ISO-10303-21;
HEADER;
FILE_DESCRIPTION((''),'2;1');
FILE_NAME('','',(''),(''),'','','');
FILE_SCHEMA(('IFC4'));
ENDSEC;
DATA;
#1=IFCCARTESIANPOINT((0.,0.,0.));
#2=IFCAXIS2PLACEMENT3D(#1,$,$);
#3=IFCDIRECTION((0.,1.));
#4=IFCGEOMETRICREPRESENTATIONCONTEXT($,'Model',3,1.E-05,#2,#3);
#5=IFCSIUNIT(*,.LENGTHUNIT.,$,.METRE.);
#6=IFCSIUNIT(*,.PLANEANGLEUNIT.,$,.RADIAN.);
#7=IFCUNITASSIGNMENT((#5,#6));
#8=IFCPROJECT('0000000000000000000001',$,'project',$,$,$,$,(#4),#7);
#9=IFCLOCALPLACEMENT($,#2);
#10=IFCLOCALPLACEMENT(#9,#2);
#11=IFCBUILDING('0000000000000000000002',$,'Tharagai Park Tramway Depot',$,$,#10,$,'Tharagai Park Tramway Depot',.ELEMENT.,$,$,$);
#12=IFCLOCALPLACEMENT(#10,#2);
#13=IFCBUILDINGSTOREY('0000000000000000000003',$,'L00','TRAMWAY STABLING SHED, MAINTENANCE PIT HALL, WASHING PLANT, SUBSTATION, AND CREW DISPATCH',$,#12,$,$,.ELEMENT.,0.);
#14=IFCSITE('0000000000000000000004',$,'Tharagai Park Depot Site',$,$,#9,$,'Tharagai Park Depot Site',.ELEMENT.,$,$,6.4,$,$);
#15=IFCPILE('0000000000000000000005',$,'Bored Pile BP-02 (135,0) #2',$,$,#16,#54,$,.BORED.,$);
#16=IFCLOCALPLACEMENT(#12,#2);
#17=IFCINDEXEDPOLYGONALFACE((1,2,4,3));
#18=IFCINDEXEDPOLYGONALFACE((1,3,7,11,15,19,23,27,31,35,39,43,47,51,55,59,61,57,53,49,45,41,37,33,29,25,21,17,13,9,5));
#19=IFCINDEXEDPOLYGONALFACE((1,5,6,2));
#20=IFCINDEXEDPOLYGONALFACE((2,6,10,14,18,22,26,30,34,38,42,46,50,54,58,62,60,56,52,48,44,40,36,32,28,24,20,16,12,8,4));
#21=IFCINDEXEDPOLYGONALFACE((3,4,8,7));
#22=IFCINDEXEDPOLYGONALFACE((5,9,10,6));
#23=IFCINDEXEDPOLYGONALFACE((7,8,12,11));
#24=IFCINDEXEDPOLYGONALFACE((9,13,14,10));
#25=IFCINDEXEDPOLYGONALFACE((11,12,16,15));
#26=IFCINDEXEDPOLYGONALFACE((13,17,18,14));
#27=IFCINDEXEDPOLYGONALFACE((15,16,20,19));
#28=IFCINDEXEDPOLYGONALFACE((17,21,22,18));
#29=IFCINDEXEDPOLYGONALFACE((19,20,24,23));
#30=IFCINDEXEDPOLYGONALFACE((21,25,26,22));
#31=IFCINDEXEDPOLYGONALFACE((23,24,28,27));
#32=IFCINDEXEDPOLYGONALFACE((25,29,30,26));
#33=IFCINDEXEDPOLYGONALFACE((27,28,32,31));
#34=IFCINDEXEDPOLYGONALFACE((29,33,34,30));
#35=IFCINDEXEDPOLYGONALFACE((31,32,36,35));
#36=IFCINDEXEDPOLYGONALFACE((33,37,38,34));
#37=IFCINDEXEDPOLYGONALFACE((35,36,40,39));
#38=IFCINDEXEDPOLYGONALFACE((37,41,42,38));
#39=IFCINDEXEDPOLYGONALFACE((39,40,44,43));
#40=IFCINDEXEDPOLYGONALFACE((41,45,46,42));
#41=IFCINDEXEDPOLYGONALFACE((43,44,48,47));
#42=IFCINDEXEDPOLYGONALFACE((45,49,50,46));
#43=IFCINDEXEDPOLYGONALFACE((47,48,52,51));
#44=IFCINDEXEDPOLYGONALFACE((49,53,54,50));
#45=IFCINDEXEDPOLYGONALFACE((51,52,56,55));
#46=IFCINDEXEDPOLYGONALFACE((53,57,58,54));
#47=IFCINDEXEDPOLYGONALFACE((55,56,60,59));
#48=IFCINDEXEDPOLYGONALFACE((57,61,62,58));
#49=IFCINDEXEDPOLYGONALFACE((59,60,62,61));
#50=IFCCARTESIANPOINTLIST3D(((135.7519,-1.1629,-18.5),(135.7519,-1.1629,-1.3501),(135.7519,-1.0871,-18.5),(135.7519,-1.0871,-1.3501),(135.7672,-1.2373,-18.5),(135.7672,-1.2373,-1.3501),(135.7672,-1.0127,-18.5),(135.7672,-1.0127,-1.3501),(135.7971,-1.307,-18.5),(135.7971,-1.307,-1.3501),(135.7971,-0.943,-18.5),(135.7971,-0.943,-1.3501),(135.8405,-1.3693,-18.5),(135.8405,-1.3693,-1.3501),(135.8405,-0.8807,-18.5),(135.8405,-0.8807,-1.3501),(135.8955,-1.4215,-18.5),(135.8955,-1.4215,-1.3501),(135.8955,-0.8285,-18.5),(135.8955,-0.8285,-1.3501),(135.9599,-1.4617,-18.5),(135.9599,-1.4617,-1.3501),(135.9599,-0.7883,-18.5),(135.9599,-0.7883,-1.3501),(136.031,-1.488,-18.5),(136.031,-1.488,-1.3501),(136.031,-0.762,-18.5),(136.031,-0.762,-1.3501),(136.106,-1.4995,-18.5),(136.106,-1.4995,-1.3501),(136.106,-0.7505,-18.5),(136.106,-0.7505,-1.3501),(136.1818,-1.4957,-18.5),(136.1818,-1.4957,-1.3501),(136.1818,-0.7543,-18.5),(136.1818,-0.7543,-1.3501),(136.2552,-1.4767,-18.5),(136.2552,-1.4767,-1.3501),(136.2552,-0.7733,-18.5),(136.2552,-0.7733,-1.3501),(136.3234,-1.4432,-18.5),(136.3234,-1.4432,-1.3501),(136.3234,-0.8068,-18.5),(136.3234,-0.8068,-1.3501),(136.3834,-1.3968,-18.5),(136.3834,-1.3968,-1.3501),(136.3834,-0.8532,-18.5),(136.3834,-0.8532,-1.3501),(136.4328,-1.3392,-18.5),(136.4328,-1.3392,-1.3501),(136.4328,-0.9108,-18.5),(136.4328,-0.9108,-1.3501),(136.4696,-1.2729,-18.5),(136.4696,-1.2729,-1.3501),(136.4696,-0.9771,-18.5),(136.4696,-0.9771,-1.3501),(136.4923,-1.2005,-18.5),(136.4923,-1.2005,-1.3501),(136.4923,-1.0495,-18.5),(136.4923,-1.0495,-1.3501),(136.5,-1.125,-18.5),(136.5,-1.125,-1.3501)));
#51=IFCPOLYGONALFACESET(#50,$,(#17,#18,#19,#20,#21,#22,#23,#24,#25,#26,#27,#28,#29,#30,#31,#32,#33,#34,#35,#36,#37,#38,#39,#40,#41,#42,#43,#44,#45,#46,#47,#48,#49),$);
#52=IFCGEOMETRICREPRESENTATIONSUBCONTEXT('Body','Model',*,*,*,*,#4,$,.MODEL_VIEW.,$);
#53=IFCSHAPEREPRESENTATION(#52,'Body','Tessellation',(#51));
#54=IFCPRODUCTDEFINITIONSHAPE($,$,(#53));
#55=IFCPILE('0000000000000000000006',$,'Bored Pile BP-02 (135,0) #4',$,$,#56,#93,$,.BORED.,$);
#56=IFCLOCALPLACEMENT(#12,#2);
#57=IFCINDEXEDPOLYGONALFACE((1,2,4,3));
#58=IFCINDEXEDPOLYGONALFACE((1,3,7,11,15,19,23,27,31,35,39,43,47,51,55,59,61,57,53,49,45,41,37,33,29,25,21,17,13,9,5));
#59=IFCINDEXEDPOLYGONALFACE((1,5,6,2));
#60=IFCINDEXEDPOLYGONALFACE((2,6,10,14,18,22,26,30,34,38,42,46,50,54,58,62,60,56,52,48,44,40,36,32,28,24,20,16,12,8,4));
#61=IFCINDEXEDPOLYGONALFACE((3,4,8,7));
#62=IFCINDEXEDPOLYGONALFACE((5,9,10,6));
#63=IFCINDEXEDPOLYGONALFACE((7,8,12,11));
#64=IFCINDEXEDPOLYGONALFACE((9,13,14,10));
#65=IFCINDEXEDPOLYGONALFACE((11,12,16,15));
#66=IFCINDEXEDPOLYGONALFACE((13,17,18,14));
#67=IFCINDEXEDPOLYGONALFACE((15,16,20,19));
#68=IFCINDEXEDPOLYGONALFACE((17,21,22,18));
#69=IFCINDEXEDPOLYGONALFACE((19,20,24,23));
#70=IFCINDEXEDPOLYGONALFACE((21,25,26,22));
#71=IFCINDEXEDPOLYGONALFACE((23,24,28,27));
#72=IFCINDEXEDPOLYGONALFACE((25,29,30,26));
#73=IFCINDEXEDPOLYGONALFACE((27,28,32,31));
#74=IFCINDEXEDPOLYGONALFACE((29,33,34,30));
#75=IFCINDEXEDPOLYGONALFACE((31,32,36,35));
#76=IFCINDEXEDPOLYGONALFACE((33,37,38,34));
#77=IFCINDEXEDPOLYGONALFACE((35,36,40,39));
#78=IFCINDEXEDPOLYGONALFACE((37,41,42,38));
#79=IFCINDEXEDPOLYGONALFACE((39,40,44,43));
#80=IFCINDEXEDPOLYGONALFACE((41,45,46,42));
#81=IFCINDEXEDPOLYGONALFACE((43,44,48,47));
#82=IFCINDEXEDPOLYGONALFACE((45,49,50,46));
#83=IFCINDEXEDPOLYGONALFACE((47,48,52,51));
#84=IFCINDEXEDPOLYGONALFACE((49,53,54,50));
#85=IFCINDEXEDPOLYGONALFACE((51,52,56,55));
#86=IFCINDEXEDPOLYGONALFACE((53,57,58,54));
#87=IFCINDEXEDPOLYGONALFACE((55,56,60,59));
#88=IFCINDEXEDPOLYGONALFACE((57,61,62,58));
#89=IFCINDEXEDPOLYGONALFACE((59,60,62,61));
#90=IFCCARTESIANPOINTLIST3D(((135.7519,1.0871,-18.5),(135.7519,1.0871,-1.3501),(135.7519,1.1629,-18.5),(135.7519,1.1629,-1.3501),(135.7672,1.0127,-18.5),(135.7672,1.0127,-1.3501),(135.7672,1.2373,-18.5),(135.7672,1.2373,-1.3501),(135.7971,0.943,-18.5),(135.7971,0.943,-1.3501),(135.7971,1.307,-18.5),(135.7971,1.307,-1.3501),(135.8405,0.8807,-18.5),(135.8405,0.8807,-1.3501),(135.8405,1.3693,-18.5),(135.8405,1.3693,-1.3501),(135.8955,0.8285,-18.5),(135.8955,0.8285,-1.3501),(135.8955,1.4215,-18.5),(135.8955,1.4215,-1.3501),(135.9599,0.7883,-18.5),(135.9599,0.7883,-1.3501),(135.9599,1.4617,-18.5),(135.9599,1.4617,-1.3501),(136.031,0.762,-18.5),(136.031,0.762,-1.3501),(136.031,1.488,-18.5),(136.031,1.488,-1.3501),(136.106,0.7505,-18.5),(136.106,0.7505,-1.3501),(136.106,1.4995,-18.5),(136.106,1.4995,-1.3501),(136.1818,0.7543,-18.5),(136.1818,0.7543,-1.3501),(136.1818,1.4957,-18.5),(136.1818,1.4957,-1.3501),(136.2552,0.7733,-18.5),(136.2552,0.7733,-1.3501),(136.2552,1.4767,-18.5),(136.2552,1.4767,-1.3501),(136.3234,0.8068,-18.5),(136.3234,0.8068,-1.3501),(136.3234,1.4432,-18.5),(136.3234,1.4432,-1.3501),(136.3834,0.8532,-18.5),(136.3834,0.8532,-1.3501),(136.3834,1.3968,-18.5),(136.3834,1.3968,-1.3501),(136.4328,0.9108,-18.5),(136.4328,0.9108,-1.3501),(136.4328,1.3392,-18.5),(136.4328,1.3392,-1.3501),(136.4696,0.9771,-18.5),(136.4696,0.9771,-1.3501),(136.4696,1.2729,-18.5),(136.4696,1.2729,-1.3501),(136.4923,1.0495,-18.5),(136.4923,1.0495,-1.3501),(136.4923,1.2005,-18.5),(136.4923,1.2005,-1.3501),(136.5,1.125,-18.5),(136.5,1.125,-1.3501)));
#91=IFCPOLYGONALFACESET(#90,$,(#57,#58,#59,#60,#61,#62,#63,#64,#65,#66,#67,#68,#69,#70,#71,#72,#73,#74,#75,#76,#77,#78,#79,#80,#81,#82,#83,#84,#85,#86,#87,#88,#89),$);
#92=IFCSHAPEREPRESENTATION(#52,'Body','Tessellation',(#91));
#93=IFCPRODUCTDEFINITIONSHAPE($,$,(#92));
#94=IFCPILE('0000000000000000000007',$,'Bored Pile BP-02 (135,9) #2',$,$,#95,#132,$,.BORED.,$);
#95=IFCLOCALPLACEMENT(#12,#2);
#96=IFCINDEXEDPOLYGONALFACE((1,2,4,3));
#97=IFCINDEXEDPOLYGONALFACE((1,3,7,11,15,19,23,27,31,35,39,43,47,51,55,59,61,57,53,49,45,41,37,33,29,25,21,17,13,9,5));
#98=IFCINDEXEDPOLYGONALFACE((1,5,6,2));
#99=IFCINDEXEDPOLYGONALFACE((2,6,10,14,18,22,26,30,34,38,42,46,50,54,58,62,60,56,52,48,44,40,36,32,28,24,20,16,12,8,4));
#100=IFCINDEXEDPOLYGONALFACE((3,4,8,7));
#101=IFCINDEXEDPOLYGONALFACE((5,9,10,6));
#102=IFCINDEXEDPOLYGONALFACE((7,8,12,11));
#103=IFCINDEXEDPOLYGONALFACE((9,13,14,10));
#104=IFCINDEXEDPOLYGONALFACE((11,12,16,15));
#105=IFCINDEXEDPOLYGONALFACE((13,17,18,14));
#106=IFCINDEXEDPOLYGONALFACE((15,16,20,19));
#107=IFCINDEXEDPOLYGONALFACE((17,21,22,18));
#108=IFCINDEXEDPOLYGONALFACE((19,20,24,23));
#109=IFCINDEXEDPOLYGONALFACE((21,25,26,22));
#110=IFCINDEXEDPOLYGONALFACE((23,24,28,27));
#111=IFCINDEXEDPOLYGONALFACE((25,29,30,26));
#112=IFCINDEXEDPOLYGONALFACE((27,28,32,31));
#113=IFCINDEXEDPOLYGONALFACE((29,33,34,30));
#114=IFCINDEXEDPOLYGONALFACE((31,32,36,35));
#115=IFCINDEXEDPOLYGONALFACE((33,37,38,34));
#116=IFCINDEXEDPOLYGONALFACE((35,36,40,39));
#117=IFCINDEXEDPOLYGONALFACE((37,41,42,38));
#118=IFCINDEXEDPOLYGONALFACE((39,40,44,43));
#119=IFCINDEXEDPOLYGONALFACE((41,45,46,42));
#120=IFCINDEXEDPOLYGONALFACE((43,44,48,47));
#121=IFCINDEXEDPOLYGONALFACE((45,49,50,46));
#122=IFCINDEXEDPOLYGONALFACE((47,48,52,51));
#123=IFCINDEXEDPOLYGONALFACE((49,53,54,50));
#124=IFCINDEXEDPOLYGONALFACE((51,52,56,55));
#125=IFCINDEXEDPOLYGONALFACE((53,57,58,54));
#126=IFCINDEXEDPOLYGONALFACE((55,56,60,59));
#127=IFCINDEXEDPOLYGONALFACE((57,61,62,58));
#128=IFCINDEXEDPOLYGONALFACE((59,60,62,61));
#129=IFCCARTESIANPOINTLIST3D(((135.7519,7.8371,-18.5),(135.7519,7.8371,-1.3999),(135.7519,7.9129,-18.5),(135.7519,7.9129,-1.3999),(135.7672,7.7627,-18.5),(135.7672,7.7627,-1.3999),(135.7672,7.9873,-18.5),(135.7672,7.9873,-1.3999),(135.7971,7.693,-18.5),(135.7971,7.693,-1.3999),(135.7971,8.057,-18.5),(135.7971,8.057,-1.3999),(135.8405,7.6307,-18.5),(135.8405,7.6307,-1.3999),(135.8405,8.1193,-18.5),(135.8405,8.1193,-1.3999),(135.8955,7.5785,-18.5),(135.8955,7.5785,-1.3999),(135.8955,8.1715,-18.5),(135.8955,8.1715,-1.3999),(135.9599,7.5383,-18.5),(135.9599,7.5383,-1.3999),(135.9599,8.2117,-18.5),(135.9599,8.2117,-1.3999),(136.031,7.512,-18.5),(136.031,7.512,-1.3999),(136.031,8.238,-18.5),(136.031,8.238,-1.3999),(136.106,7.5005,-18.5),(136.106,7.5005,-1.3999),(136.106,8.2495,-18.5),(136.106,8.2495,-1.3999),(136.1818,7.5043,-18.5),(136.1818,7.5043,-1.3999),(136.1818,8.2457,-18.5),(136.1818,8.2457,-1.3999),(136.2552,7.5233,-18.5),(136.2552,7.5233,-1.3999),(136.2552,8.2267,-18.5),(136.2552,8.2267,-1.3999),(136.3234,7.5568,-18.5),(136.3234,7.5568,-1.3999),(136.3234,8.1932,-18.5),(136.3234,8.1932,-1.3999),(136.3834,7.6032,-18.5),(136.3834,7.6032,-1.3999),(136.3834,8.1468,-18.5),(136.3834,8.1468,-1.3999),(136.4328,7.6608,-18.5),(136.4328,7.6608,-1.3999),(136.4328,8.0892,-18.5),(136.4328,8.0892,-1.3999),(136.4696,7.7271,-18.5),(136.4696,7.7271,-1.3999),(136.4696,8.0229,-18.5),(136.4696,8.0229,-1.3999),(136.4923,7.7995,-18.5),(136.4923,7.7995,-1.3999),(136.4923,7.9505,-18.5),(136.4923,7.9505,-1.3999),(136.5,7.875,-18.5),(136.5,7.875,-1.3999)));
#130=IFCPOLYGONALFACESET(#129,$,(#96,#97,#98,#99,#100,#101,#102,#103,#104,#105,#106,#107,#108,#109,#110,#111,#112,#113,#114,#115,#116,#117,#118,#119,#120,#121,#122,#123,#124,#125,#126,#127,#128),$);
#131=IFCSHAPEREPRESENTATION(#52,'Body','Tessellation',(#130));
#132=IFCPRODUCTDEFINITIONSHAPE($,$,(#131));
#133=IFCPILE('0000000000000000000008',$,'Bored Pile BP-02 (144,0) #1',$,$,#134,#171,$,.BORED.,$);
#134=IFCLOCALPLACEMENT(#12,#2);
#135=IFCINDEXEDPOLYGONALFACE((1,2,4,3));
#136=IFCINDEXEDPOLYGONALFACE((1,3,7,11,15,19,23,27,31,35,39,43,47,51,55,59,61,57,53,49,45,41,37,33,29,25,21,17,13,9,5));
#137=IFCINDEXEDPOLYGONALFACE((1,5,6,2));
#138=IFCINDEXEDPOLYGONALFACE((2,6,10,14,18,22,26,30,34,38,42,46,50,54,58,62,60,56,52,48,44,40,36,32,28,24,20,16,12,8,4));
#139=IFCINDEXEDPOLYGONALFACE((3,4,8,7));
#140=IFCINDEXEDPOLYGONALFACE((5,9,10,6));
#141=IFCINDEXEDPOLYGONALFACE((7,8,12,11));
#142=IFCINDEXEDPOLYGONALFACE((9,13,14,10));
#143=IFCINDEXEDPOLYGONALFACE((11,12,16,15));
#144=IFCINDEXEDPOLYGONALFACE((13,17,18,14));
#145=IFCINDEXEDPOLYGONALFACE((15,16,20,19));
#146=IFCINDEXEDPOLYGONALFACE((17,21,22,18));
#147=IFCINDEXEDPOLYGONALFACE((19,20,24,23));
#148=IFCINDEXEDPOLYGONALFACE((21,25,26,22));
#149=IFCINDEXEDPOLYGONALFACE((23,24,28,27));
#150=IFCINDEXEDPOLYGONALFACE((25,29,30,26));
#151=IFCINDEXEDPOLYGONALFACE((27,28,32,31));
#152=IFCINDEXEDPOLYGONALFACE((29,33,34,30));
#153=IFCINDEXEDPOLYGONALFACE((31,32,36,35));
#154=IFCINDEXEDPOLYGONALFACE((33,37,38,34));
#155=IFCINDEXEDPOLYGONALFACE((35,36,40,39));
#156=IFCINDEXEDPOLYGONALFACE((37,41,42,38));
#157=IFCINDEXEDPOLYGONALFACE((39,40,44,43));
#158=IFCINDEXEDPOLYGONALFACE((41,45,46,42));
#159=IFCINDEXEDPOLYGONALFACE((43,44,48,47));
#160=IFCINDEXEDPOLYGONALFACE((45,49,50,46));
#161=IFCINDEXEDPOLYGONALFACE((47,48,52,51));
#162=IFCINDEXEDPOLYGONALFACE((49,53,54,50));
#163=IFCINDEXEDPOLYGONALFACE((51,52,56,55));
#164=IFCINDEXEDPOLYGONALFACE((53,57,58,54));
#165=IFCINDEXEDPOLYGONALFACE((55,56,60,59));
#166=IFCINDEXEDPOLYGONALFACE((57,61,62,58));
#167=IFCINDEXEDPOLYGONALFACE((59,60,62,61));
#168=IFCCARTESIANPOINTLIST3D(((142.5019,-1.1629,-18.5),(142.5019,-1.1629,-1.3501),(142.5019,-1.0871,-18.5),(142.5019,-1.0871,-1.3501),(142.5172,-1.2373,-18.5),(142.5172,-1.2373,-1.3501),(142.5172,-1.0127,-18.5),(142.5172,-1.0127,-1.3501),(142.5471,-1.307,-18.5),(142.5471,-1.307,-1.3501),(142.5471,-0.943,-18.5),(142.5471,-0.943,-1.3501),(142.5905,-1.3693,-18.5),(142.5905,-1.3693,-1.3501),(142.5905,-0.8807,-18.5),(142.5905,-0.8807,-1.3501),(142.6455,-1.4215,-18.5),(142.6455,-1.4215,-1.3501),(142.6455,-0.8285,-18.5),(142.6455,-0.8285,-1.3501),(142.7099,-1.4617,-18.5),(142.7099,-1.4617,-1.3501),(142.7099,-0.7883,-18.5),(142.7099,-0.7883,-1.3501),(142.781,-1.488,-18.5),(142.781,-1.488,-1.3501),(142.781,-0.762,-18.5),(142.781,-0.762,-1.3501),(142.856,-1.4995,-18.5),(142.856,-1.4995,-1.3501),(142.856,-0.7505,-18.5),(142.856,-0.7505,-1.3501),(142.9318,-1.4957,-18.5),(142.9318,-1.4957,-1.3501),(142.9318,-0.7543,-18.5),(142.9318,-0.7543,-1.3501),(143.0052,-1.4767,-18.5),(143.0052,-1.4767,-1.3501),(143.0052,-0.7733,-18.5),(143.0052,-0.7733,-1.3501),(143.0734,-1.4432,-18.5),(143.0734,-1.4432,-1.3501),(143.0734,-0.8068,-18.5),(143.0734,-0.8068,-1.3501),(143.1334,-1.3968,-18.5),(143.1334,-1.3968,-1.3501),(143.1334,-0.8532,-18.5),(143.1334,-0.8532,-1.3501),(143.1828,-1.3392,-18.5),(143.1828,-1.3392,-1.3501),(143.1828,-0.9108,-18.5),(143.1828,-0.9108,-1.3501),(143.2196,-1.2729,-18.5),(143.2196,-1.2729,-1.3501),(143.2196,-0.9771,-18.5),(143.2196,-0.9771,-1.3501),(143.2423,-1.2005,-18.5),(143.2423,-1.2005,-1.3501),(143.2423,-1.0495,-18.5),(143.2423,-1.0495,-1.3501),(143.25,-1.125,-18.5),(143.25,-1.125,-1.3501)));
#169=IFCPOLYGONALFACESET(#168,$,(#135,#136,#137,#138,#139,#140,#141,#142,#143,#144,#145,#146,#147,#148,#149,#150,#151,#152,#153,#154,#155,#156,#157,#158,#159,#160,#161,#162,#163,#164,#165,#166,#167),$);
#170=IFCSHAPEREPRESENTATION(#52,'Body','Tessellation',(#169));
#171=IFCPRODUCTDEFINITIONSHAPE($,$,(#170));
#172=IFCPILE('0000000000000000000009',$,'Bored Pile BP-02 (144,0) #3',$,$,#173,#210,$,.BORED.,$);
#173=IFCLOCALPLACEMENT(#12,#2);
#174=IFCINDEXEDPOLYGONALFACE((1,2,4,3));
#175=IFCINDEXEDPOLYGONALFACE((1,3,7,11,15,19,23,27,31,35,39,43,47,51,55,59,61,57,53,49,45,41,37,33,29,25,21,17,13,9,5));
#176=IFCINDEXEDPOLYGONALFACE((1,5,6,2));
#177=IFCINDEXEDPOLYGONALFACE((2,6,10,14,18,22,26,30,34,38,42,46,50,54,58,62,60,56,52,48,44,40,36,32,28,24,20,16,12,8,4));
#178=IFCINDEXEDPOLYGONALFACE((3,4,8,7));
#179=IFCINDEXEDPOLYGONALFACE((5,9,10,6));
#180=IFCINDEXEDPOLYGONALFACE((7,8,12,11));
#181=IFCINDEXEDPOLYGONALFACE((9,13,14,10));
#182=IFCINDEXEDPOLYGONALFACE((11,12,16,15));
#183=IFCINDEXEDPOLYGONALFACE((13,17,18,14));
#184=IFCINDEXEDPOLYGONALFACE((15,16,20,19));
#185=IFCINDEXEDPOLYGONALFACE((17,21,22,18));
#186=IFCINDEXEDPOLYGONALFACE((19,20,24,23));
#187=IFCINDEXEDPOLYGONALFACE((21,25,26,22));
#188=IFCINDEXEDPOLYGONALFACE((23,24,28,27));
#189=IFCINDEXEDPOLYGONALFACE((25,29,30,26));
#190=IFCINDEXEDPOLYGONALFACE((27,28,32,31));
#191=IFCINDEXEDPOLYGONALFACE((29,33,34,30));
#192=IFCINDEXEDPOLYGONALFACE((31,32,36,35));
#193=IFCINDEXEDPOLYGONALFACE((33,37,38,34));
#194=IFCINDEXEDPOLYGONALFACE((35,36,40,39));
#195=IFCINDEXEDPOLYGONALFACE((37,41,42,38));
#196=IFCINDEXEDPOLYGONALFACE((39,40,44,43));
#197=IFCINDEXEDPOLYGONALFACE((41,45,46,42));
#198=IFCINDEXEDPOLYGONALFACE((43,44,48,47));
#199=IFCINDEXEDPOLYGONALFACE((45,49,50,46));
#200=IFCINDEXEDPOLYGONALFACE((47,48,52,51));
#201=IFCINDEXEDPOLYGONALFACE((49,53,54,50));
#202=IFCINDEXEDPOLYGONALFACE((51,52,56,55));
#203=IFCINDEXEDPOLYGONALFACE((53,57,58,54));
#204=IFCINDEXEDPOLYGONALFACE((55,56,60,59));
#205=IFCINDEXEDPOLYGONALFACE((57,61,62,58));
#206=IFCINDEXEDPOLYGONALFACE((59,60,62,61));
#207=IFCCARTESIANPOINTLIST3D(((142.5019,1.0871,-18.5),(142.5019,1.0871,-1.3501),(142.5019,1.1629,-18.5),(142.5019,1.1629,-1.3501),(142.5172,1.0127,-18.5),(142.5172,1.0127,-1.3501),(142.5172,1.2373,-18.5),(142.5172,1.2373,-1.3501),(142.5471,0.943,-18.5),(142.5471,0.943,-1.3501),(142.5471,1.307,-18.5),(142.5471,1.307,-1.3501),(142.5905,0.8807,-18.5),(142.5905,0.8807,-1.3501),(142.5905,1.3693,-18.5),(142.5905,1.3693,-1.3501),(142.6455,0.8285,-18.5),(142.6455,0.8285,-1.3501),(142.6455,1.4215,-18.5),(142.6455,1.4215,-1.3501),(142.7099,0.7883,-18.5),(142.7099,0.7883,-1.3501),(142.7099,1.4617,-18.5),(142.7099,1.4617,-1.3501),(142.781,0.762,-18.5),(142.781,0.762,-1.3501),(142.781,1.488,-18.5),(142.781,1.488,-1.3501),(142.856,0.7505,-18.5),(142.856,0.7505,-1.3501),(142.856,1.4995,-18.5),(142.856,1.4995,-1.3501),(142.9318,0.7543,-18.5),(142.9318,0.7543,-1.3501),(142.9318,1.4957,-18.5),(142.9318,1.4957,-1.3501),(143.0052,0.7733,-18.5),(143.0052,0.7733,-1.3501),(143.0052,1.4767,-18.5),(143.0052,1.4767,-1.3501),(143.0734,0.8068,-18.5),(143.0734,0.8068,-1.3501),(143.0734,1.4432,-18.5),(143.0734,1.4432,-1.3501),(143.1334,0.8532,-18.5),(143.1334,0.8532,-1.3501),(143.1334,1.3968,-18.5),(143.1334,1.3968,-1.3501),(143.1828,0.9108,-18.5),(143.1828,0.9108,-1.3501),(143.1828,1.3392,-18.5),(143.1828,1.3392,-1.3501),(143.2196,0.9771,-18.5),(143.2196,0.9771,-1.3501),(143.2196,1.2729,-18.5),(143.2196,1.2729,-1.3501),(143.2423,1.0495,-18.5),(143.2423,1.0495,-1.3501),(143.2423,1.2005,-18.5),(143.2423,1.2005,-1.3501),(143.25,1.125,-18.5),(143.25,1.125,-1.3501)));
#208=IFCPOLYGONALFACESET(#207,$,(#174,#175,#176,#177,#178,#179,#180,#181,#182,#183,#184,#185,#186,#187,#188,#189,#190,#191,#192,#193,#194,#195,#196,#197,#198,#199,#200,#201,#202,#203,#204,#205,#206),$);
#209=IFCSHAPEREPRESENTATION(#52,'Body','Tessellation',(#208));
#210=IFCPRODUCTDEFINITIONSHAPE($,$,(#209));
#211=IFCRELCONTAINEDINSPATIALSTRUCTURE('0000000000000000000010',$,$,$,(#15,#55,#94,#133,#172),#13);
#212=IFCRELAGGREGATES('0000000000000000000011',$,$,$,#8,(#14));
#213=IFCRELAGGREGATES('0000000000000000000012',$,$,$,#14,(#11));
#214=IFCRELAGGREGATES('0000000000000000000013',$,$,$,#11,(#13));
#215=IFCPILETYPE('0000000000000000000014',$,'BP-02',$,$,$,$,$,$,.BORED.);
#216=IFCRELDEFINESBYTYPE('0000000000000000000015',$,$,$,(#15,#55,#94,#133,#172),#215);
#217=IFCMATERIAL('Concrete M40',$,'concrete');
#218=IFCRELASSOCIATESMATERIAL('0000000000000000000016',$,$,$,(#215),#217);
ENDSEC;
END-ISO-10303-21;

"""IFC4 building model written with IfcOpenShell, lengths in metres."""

from ifc_helpers import new_model, si_unit, direction, frame, origin, origin_2d, place, context, subcontext, project, spatial, circle, extrude, material, material_profile, profile_set, type_object, element, save


model = new_model("IFC4")

# Units and contexts
model_context = context("Model", 3, precision=1e-05, world=origin(), true_north=direction((0.0, 1.0)))
body_context = subcontext(model_context, "Body", "Model", "MODEL_VIEW")
ifc_project = project(units=[si_unit("LENGTHUNIT", "METRE"), si_unit("PLANEANGLEUNIT", "RADIAN")], contexts=[model_context])

# Site, building, storey
site_placement = place(None, origin())
site = spatial("IfcSite", under=ifc_project, at=site_placement, Name="Tharagai Park Depot Site", LongName="Tharagai Park Depot Site", CompositionType="ELEMENT", RefElevation=6.4)
building_placement = place(site_placement, origin())
building = spatial("IfcBuilding", under=site, at=building_placement, Name="Tharagai Park Tramway Depot", LongName="Tharagai Park Tramway Depot", CompositionType="ELEMENT")
storey_placement = place(building_placement, origin())
storey = spatial("IfcBuildingStorey", under=building, at=storey_placement, Name="L00", Description="TRAMWAY STABLING SHED, MAINTENANCE PIT HALL, WASHING PLANT, SUBSTATION, AND CREW DISPATCH", CompositionType="ELEMENT", Elevation=0.0)

# Piles
ifc_material_1 = material(Name="Concrete M40", Category="concrete")
ifc_material_profile_1 = material_profile(ifc_material_1, circle(Radius=0.375, at=origin_2d()), Name="PILE D750")
ifc_profile_set_1 = profile_set([ifc_material_profile_1], Name="Concrete M40")
pile_type = type_object("IfcPileType", Name="BP-02", PredefinedType="BORED", material=ifc_profile_set_1)
for number, where, z_axis, x_axis, name in (
    (1, (136.125, -1.125, -1.3501), (0.0, 0.0, -1.0), (1.0, 0.0, 0.0), "Bored Pile BP-02 (135,0) #2"),
    (2, (136.125, 1.125, -1.3501), (0.0, 0.0, -1.0), (1.0, 0.0, 0.0), "Bored Pile BP-02 (135,0) #4"),
):
    element("IfcPile", number, at=place(storey_placement, frame(where, z_axis=z_axis, x_axis=x_axis)), inside=storey, type_object=pile_type, Name=name, PredefinedType="BORED", context=body_context, shape_type="SweptSolid", body=[
        extrude(circle(Radius=0.375, at=origin_2d()), origin(), (0.0, 0.0, 1.0), 17.1499),
    ])
pile_1_placement = place(storey_placement, frame((136.125, 7.875, -1.3999), z_axis=(0.0, 0.0, -1.0), x_axis=(1.0, 0.0, 0.0)))
element("IfcPile", 3, at=pile_1_placement, inside=storey, type_object=pile_type, Name="Bored Pile BP-02 (135,9) #2", PredefinedType="BORED", context=body_context, shape_type="SweptSolid", body=[
    extrude(circle(Radius=0.375, at=origin_2d()), origin(), (0.0, 0.0, 1.0), 17.1001),
])
for number, where, z_axis, x_axis, name in (
    (4, (142.875, -1.125, -1.3501), (0.0, 0.0, -1.0), (1.0, 0.0, 0.0), "Bored Pile BP-02 (144,0) #1"),
    (5, (142.875, 1.125, -1.3501), (0.0, 0.0, -1.0), (1.0, 0.0, 0.0), "Bored Pile BP-02 (144,0) #3"),
):
    element("IfcPile", number, at=place(storey_placement, frame(where, z_axis=z_axis, x_axis=x_axis)), inside=storey, type_object=pile_type, Name=name, PredefinedType="BORED", context=body_context, shape_type="SweptSolid", body=[
        extrude(circle(Radius=0.375, at=origin_2d()), origin(), (0.0, 0.0, 1.0), 17.1499),
    ])

save(model, "model.ifc")
